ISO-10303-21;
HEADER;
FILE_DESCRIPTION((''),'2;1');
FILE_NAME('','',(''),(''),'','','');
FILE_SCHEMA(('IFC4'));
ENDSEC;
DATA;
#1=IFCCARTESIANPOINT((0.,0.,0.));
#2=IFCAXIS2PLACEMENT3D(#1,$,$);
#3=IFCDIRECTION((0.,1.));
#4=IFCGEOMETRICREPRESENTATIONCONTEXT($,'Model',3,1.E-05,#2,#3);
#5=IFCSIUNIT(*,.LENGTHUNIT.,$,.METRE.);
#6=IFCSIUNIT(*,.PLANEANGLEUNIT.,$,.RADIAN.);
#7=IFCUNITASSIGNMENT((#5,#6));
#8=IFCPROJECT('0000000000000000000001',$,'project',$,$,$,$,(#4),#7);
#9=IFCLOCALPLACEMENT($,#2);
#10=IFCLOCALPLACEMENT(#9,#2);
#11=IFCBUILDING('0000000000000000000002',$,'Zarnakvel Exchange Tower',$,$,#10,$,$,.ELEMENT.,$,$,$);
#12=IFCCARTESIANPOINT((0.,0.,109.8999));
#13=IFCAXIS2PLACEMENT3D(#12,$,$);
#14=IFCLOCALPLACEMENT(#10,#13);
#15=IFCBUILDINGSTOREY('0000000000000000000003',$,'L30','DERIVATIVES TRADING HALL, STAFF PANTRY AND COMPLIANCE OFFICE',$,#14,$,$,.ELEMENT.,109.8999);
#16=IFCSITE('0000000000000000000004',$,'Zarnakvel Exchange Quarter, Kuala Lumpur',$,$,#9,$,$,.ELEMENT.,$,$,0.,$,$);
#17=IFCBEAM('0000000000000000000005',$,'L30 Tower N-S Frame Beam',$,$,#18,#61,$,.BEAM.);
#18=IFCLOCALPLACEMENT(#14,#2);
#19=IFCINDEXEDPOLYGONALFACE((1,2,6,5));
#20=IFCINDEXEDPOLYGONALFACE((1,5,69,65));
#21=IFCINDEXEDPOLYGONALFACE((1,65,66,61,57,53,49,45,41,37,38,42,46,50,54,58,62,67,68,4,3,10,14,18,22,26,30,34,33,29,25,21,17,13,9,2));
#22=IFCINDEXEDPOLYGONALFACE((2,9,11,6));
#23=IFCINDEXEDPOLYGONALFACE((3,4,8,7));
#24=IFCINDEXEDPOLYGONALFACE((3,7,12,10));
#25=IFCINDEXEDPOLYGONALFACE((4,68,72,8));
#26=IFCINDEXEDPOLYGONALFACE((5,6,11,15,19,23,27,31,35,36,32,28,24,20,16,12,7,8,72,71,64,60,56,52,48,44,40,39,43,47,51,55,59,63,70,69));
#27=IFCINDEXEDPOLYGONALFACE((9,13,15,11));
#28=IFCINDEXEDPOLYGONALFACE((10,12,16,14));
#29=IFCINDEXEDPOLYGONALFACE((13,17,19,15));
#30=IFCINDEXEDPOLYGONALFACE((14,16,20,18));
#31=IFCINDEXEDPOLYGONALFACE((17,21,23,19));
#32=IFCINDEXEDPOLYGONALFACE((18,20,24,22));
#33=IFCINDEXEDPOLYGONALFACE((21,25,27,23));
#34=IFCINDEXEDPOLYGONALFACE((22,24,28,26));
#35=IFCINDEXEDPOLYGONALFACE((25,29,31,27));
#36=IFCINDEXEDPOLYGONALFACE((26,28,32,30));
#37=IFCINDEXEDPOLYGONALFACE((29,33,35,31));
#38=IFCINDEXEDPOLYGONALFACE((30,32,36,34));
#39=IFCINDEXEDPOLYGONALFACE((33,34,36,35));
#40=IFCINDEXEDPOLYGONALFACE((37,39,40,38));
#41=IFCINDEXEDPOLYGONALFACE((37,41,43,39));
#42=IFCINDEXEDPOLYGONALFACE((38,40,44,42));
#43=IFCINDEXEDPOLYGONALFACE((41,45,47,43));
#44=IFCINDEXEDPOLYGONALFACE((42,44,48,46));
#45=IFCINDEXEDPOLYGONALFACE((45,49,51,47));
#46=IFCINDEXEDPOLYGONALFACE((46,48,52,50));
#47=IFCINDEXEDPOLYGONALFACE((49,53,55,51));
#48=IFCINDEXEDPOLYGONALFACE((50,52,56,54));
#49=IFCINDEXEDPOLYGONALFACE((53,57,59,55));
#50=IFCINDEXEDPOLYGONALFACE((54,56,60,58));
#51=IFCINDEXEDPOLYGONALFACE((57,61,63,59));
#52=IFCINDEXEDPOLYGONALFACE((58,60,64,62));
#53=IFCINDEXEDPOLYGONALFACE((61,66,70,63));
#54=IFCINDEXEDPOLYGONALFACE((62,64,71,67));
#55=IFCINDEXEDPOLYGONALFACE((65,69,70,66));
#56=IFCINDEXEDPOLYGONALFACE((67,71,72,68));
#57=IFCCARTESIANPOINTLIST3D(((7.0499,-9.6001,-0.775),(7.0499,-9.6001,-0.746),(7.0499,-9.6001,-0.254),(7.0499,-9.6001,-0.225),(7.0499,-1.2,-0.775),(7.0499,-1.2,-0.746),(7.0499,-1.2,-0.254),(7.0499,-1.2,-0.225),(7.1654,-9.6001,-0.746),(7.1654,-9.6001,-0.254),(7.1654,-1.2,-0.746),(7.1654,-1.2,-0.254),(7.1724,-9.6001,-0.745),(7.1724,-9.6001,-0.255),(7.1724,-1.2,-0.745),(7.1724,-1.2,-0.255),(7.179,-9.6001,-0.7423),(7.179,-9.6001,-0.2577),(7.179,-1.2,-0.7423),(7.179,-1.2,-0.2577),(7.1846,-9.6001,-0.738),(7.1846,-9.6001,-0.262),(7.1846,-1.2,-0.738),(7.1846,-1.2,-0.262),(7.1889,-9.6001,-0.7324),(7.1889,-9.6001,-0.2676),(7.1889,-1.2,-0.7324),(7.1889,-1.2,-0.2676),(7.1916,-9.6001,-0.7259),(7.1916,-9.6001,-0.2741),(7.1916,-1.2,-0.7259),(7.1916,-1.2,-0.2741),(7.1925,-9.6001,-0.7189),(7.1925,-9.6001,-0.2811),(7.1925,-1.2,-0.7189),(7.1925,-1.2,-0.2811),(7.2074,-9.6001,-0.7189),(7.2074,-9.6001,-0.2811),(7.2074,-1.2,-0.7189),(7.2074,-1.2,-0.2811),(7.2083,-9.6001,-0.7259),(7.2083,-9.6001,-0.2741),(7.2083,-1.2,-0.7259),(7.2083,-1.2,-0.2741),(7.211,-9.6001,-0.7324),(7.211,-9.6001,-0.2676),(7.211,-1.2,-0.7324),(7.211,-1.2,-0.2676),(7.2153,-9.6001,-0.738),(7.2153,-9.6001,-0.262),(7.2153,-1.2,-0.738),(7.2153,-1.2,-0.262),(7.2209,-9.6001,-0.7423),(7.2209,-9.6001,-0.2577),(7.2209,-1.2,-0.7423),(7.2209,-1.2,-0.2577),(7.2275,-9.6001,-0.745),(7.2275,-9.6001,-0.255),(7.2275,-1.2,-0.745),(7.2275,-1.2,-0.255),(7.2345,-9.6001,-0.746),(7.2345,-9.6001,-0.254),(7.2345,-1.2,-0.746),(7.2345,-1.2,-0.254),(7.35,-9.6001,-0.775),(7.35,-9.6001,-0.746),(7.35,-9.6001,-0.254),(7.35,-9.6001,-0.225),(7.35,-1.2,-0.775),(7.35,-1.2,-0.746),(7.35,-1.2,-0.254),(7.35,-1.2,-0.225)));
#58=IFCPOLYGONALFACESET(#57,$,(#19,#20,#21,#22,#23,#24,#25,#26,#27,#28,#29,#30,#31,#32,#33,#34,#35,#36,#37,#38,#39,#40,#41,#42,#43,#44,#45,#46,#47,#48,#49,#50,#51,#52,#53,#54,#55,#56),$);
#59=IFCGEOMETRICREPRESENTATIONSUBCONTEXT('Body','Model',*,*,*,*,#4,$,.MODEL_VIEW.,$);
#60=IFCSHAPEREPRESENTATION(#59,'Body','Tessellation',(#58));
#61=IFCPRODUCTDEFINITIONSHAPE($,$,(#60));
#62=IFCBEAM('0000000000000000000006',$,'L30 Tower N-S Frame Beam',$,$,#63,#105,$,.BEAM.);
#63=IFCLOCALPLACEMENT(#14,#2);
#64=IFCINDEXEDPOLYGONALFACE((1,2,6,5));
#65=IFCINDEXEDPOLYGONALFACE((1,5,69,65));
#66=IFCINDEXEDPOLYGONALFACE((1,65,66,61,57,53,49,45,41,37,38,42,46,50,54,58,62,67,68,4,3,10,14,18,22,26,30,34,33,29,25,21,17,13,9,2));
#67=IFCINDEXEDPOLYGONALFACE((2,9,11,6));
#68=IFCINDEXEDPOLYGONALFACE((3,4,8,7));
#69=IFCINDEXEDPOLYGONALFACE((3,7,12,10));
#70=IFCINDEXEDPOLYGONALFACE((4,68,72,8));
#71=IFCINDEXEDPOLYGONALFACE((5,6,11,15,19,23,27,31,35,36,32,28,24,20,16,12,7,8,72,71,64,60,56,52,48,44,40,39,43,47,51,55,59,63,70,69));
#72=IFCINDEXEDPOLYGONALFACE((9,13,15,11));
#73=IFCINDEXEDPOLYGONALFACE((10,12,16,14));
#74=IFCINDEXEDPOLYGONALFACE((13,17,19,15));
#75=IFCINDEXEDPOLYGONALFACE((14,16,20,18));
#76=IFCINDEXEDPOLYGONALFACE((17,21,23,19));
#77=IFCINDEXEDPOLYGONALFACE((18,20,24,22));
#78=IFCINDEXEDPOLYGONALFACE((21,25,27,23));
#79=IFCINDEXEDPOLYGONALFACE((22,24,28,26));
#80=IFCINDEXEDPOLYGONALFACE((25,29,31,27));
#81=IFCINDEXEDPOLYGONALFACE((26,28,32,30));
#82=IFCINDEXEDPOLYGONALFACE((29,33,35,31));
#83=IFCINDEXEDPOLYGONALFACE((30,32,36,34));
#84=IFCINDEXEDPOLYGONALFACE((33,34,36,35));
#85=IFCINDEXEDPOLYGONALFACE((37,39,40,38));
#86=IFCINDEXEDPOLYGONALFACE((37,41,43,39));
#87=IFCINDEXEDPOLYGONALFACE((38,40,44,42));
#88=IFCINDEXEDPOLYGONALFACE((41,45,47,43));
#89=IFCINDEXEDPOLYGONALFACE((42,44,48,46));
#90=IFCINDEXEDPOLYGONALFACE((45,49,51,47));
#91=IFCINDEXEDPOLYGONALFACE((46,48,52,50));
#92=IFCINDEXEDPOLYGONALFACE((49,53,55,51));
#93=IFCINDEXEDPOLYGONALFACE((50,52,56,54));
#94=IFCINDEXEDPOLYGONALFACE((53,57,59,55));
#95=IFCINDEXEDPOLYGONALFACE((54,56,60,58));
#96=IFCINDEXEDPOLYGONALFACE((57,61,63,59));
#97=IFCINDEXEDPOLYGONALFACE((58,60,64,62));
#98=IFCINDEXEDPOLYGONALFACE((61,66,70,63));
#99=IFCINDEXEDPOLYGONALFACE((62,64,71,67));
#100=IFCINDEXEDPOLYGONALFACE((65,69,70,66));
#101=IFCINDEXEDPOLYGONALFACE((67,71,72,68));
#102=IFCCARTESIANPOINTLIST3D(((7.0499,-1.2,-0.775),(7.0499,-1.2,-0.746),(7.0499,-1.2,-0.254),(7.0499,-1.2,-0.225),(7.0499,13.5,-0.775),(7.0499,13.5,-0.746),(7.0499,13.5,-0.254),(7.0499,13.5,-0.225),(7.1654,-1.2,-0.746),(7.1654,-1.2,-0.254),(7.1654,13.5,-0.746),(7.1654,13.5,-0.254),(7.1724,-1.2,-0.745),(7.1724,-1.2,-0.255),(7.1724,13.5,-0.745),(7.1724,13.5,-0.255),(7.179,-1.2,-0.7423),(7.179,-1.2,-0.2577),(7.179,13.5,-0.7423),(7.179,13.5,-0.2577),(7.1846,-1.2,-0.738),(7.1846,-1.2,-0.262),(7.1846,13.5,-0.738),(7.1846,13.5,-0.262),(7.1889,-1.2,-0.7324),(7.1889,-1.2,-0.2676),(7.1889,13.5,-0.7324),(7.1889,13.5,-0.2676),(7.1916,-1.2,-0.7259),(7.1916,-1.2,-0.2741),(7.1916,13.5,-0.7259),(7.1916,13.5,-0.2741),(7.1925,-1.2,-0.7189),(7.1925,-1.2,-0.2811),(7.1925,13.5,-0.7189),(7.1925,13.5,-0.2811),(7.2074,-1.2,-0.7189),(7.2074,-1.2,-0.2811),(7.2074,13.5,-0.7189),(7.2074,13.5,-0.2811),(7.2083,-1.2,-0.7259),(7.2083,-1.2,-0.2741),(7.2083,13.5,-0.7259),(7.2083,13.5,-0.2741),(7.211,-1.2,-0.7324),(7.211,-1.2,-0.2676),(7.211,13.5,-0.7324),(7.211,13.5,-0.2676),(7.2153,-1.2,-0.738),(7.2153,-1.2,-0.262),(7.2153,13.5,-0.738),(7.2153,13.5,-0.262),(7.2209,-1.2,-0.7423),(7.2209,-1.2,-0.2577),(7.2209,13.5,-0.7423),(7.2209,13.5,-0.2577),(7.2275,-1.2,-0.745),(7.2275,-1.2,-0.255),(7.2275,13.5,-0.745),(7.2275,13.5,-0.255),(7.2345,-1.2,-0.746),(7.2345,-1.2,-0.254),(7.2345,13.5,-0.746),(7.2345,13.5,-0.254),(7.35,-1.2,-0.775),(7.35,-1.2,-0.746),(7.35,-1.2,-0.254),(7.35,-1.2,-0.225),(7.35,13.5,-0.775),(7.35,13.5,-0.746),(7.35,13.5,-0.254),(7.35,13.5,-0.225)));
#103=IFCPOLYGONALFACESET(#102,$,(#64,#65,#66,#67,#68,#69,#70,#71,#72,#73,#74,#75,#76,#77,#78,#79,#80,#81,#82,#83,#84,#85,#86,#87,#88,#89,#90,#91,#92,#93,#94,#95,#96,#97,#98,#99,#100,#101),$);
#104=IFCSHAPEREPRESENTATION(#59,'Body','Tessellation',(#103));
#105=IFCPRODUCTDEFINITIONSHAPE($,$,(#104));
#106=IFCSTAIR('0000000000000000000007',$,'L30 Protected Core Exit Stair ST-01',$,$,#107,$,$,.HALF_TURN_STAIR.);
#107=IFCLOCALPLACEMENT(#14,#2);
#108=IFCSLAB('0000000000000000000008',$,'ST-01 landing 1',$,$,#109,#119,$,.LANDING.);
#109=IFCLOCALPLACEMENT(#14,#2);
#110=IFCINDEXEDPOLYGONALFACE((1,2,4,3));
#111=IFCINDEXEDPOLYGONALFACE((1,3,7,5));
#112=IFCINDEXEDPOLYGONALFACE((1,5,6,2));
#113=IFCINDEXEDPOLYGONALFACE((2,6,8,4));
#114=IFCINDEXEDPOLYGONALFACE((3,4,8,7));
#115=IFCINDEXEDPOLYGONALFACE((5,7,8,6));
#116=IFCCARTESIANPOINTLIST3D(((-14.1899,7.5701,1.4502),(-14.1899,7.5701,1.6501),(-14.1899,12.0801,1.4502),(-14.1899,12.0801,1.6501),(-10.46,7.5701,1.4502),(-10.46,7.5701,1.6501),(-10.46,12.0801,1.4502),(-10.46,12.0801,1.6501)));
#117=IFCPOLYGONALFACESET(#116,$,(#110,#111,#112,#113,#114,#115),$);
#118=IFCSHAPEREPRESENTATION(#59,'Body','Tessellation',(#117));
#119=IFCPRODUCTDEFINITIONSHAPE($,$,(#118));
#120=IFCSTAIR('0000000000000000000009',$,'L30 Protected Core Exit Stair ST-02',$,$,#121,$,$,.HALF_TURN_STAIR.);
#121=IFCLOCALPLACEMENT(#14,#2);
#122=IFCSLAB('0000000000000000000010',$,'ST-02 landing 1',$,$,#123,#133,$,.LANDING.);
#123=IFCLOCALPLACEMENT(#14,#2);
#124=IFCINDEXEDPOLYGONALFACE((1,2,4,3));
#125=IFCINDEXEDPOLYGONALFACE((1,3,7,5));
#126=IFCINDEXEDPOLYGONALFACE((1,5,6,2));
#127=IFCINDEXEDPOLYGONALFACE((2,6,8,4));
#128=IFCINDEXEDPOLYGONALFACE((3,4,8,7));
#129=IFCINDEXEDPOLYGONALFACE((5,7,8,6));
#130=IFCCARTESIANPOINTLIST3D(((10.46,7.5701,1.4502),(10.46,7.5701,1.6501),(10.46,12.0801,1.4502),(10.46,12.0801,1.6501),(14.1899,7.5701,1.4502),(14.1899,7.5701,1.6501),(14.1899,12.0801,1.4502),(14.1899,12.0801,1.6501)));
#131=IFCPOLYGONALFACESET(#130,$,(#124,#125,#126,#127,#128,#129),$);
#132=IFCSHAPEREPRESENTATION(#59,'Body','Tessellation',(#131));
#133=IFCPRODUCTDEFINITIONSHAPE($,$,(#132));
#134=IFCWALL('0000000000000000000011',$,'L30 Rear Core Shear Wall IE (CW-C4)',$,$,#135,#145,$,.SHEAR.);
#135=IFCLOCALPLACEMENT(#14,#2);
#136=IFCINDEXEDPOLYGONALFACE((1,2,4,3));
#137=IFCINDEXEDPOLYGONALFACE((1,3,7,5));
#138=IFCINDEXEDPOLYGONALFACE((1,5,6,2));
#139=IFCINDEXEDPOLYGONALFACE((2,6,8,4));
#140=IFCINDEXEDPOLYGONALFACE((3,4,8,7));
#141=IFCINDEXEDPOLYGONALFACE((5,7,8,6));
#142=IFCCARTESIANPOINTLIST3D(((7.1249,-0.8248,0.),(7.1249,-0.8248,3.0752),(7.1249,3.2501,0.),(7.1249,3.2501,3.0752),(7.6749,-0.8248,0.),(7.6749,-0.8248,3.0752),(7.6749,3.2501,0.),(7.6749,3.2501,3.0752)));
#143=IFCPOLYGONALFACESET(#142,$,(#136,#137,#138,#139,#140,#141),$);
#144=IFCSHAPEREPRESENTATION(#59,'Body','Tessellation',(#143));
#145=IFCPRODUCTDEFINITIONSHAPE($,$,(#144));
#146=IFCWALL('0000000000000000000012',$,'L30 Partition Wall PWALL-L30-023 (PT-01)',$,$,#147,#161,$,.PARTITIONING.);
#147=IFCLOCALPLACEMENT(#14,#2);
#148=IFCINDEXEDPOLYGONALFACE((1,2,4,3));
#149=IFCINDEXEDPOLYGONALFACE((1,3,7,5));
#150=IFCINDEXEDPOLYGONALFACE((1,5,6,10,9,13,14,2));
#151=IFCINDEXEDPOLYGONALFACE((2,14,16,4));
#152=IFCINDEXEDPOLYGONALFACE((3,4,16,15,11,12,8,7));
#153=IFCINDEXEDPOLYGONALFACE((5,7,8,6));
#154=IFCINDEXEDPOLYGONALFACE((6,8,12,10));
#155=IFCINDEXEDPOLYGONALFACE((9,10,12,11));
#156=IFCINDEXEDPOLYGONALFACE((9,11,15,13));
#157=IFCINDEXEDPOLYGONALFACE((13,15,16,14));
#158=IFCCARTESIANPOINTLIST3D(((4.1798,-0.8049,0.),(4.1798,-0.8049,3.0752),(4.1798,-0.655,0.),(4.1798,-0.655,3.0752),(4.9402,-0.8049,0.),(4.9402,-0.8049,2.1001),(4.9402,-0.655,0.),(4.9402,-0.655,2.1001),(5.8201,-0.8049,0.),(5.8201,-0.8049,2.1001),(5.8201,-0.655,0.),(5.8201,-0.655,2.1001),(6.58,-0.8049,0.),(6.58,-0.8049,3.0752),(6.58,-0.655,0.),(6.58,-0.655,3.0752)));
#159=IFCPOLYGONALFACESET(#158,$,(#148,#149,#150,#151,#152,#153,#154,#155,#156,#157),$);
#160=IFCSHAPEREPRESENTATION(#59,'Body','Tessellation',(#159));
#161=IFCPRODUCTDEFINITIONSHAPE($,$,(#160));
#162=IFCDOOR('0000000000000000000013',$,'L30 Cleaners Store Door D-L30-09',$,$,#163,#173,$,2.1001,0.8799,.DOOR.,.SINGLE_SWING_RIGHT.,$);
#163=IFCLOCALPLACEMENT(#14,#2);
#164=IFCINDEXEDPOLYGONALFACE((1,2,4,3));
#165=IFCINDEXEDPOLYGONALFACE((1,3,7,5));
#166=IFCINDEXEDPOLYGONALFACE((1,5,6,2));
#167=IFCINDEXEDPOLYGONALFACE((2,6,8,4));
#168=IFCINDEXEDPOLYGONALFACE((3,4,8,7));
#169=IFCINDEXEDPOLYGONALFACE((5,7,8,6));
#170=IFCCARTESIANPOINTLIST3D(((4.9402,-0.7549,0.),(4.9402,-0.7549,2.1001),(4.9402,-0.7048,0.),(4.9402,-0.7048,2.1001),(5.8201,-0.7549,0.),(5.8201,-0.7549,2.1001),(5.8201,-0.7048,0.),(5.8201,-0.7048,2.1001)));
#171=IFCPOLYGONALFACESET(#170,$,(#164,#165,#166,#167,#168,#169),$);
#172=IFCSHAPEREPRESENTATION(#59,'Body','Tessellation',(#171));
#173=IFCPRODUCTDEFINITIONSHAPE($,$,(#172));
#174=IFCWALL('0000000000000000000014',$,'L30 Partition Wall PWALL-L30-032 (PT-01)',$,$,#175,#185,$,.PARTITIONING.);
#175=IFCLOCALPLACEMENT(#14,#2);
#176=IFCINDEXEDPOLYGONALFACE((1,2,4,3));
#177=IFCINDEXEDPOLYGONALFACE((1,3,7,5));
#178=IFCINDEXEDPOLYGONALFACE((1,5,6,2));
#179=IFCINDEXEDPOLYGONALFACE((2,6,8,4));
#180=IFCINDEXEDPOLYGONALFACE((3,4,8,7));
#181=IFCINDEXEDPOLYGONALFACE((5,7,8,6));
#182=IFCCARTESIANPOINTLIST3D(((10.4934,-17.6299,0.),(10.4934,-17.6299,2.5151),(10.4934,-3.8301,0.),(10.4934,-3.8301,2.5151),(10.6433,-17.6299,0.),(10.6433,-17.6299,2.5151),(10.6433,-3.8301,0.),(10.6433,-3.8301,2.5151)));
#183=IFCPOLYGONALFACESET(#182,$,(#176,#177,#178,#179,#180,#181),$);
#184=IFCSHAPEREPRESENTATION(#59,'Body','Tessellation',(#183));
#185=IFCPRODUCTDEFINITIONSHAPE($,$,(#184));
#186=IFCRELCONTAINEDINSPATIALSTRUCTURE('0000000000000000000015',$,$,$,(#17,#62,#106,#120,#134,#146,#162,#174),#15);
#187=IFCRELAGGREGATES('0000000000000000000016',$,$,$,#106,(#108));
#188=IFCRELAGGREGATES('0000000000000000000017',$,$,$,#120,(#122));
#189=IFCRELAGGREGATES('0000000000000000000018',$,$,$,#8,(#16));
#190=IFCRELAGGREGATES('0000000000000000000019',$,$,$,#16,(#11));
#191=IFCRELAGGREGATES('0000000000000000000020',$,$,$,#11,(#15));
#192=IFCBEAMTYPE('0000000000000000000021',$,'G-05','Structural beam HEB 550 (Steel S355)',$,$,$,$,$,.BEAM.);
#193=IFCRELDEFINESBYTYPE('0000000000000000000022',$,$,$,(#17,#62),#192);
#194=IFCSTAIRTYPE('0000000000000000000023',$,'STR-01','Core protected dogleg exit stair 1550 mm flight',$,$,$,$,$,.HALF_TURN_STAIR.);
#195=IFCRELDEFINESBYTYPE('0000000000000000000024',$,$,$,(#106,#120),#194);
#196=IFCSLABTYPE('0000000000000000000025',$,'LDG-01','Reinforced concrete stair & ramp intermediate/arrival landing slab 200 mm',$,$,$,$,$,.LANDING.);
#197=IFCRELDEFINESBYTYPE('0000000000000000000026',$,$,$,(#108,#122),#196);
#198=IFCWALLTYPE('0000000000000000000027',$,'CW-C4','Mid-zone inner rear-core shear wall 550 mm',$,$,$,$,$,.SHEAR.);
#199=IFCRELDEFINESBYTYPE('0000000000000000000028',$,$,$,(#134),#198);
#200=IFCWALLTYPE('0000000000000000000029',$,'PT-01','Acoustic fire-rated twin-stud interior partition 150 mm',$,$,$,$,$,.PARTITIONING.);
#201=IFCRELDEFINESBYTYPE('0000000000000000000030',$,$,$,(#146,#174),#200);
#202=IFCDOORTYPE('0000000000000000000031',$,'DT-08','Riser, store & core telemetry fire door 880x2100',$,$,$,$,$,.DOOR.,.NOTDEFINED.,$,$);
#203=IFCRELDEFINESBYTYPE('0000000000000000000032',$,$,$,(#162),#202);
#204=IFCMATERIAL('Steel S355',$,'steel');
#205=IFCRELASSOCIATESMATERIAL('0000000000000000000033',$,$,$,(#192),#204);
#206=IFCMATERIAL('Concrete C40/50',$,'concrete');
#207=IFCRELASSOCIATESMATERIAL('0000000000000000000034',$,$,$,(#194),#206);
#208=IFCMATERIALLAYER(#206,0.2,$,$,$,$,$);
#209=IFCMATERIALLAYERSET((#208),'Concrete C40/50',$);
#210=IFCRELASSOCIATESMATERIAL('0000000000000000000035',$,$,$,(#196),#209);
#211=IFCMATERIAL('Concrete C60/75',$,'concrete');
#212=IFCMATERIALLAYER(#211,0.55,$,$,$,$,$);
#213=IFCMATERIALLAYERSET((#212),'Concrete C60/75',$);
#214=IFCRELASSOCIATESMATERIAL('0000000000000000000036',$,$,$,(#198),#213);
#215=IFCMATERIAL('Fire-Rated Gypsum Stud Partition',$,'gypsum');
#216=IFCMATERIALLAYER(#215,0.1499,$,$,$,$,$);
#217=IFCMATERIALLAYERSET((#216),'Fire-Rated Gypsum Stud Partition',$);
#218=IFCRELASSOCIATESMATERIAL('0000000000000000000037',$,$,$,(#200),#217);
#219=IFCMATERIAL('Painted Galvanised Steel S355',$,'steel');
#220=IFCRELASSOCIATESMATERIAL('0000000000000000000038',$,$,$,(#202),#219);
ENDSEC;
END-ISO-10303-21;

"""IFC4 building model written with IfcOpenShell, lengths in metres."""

from ifc_helpers import new_model, si_unit, direction, frame, frame_2d, origin, origin_2d, place, context, subcontext, project, spatial, polyline, rectangle, i_section, outline, extrude, source, transform, mapped, material, layer, layer_set, material_profile, profile_set, type_object, element, fill, aggregate, save


model = new_model("IFC4")

# Units and contexts
model_context = context("Model", 3, precision=1e-05, world=origin(), true_north=direction((0.0, 1.0)))
body_context = subcontext(model_context, "Body", "Model", "MODEL_VIEW")
ifc_project = project(units=[si_unit("LENGTHUNIT", "METRE"), si_unit("PLANEANGLEUNIT", "RADIAN")], contexts=[model_context])

# Site, building, storey
site_placement = place(None, origin())
site = spatial("IfcSite", under=ifc_project, at=site_placement, Name="Zarnakvel Exchange Quarter, Kuala Lumpur", CompositionType="ELEMENT", RefElevation=0.0)
building_placement = place(site_placement, origin())
building = spatial("IfcBuilding", under=site, at=building_placement, Name="Zarnakvel Exchange Tower", CompositionType="ELEMENT")
storey_placement = place(building_placement, frame((0.0, 0.0, 109.8999)))
storey = spatial("IfcBuildingStorey", under=building, at=storey_placement, Name="L30", Description="DERIVATIVES TRADING HALL, STAFF PANTRY AND COMPLIANCE OFFICE", CompositionType="ELEMENT", Elevation=109.8999)

# Shared definitions
ifc_material_1 = material(Name="Concrete C60/75", Category="concrete")

# Beams
ifc_material_2 = material(Name="Steel S355", Category="steel")
ifc_material_profile_1 = material_profile(ifc_material_2, i_section(OverallWidth=0.3, OverallDepth=0.55, WebThickness=0.0149, FlangeThickness=0.0291, FilletRadius=0.0271, at=origin_2d()))
ifc_profile_set_1 = profile_set([ifc_material_profile_1], Name="Steel S355")
beam_type_1 = type_object("IfcBeamType", Name="G-05", Description="Structural beam HEB 550 (Steel S355)", PredefinedType="BEAM", material=ifc_profile_set_1)
beam_1_placement = place(storey_placement, frame((7.2, -9.6001, -0.5), z_axis=(0.0, 1.0, 0.0), x_axis=(-1.0, 0.0, 0.0)))
element("IfcBeam", 1, at=beam_1_placement, inside=storey, type_object=beam_type_1, Name="L30 Tower N-S Frame Beam", PredefinedType="BEAM", context=body_context, shape_type="SweptSolid", body=[
    extrude(i_section(OverallWidth=0.3, OverallDepth=0.55, WebThickness=0.0149, FlangeThickness=0.0291, FilletRadius=0.0271, at=origin_2d()), origin(), (0.0, 0.0, 1.0), 8.4001),
])
beam_2_placement = place(storey_placement, frame((7.2, -1.2, -0.5), z_axis=(0.0, 1.0, 0.0), x_axis=(-1.0, 0.0, 0.0)))
element("IfcBeam", 2, at=beam_2_placement, inside=storey, type_object=beam_type_1, Name="L30 Tower N-S Frame Beam", PredefinedType="BEAM", context=body_context, shape_type="SweptSolid", body=[
    extrude(i_section(OverallWidth=0.3, OverallDepth=0.55, WebThickness=0.0149, FlangeThickness=0.0291, FilletRadius=0.0271, at=origin_2d()), origin(), (0.0, 0.0, 1.0), 14.7),
])

# Stairs, slabs
ifc_material_3 = material(Name="Concrete C40/50", Category="concrete")
stair_type = type_object("IfcStairType", Name="STR-01", Description="Core protected dogleg exit stair 1550 mm flight", PredefinedType="HALF_TURN_STAIR", material=ifc_material_3)
stair_1_placement = place(storey_placement, origin())
stair_1 = element("IfcStair", 3, at=stair_1_placement, inside=storey, type_object=stair_type, Name="L30 Protected Core Exit Stair ST-01", PredefinedType="HALF_TURN_STAIR")
ifc_layer_1 = layer(ifc_material_3, 0.2)
ifc_layer_set_1 = layer_set([ifc_layer_1], Name="Concrete C40/50")
slab_type = type_object("IfcSlabType", Name="LDG-01", Description="Reinforced concrete stair & ramp intermediate/arrival landing slab 200 mm", PredefinedType="LANDING", material=ifc_layer_set_1)
slab_1_placement = place(storey_placement, frame((0.0, 0.0, 1.4502)))
slab_1 = element("IfcSlab", 4, at=slab_1_placement, type_object=slab_type, Name="ST-01 landing 1", PredefinedType="LANDING", context=body_context, shape_type="SweptSolid", body=[
    extrude(outline(polyline([(-14.1899, 7.5701), (-10.46, 7.5701), (-10.46, 12.0801), (-14.1899, 12.0801), (-14.1899, 7.5701)])), origin(), (0.0, 0.0, 1.0), 0.2),
])
aggregate(stair_1, [slab_1])
stair_2_placement = place(storey_placement, origin())
stair_2 = element("IfcStair", 5, at=stair_2_placement, inside=storey, type_object=stair_type, Name="L30 Protected Core Exit Stair ST-02", PredefinedType="HALF_TURN_STAIR")
slab_2_placement = place(storey_placement, frame((0.0, 0.0, 1.4502)))
slab_2 = element("IfcSlab", 6, at=slab_2_placement, type_object=slab_type, Name="ST-02 landing 1", PredefinedType="LANDING", context=body_context, shape_type="SweptSolid", body=[
    extrude(outline(polyline([(10.46, 7.5701), (14.1899, 7.5701), (14.1899, 12.0801), (10.46, 12.0801), (10.46, 7.5701)])), origin(), (0.0, 0.0, 1.0), 0.2),
])
aggregate(stair_2, [slab_2])

# Wall
ifc_layer_2 = layer(ifc_material_1, 0.55)
ifc_layer_set_2 = layer_set([ifc_layer_2], Name="Concrete C60/75")
wall_type_1 = type_object("IfcWallType", Name="CW-C4", Description="Mid-zone inner rear-core shear wall 550 mm", PredefinedType="SHEAR", material=ifc_layer_set_2)
wall_1_placement = place(storey_placement, frame((7.3999, -0.825, 0.0), z_axis=(0.0, 0.0, 1.0), x_axis=(0.0, 1.0, 0.0)))
element("IfcWall", 7, at=wall_1_placement, inside=storey, type_object=wall_type_1, Name="L30 Rear Core Shear Wall IE (CW-C4)", PredefinedType="SHEAR", context=body_context, shape_type="SweptSolid", body=[
    extrude(rectangle(XDim=4.075, YDim=0.55, at=frame_2d((2.0376, 0.0))), origin(), (0.0, 0.0, 1.0), 3.0752),
])

# Wall, opening, door
ifc_material_4 = material(Name="Fire-Rated Gypsum Stud Partition", Category="gypsum")
ifc_layer_3 = layer(ifc_material_4, 0.1499)
ifc_layer_set_3 = layer_set([ifc_layer_3], Name="Fire-Rated Gypsum Stud Partition")
wall_type_2 = type_object("IfcWallType", Name="PT-01", Description="Acoustic fire-rated twin-stud interior partition 150 mm", PredefinedType="PARTITIONING", material=ifc_layer_set_3)
wall_2_placement = place(storey_placement, frame((6.5801, -0.73, 0.0), z_axis=(0.0, 0.0, 1.0), x_axis=(-1.0, 0.0, 0.0)))
wall_2 = element("IfcWall", 8, at=wall_2_placement, inside=storey, type_object=wall_type_2, Name="L30 Partition Wall PWALL-L30-023 (PT-01)", PredefinedType="PARTITIONING", context=body_context, shape_type="SweptSolid", body=[
    extrude(rectangle(XDim=2.4001, YDim=0.1499, at=frame_2d((1.2002, 0.0))), origin(), (0.0, 0.0, 1.0), 3.0752),
])
opening_1_placement = place(wall_2_placement, frame((0.76, 0.0, 0.0)))
opening_1 = element("IfcOpeningElement", 9, at=opening_1_placement, cuts=wall_2, PredefinedType="OPENING", context=body_context, shape_type="SweptSolid", body=[
    extrude(rectangle(XDim=0.8799, YDim=2.1001, at=frame_2d((0.4399, 1.05))), frame((0.0, 0.085, 0.0), z_axis=(0.0, -1.0, 0.0), x_axis=(1.0, 0.0, 0.0)), (0.0, 0.0, 1.0), 0.1699),
])
ifc_material_5 = material(Name="Painted Galvanised Steel S355", Category="steel")
door_type_1 = type_object("IfcDoorType", Name="DT-08", Description="Riser, store & core telemetry fire door 880x2100", OperationType="NOTDEFINED", PredefinedType="DOOR", material=ifc_material_5)
shared_shape_1 = source(origin(), body_context, "Body", "SweptSolid", [
    extrude(rectangle(XDim=0.8799, YDim=2.1001, at=frame_2d((0.4399, 1.05))), frame((0.0, 0.0249, 0.0), z_axis=(0.0, -1.0, 0.0), x_axis=(1.0, 0.0, 0.0)), (0.0, 0.0, 1.0), 0.05),
])
door_1_placement = place(opening_1_placement, origin())
door_1 = element("IfcDoor", 10, at=door_1_placement, inside=storey, type_object=door_type_1, Name="L30 Cleaners Store Door D-L30-09", OperationType="SINGLE_SWING_RIGHT", OverallHeight=2.1001, OverallWidth=0.8799, PredefinedType="DOOR", context=body_context, shape_type="MappedRepresentation", body=[
    mapped(shared_shape_1, transform((0.0, 0.0, 0.0), x_axis=(1.0, 0.0, 0.0), y_axis=(0.0, 1.0, 0.0), z_axis=(0.0, 0.0, 1.0), scale=1.0)),
])
fill(opening_1, door_1)

# Wall
wall_3_placement = place(storey_placement, frame((10.5684, -3.8301, 0.0), z_axis=(0.0, 0.0, 1.0), x_axis=(0.0, -1.0, 0.0)))
element("IfcWall", 11, at=wall_3_placement, inside=storey, type_object=wall_type_2, Name="L30 Partition Wall PWALL-L30-032 (PT-01)", PredefinedType="PARTITIONING", context=body_context, shape_type="SweptSolid", body=[
    extrude(rectangle(XDim=13.7998, YDim=0.1499, at=frame_2d((6.8999, 0.0))), origin(), (0.0, 0.0, 1.0), 2.5151),
])

save(model, "model.ifc")
